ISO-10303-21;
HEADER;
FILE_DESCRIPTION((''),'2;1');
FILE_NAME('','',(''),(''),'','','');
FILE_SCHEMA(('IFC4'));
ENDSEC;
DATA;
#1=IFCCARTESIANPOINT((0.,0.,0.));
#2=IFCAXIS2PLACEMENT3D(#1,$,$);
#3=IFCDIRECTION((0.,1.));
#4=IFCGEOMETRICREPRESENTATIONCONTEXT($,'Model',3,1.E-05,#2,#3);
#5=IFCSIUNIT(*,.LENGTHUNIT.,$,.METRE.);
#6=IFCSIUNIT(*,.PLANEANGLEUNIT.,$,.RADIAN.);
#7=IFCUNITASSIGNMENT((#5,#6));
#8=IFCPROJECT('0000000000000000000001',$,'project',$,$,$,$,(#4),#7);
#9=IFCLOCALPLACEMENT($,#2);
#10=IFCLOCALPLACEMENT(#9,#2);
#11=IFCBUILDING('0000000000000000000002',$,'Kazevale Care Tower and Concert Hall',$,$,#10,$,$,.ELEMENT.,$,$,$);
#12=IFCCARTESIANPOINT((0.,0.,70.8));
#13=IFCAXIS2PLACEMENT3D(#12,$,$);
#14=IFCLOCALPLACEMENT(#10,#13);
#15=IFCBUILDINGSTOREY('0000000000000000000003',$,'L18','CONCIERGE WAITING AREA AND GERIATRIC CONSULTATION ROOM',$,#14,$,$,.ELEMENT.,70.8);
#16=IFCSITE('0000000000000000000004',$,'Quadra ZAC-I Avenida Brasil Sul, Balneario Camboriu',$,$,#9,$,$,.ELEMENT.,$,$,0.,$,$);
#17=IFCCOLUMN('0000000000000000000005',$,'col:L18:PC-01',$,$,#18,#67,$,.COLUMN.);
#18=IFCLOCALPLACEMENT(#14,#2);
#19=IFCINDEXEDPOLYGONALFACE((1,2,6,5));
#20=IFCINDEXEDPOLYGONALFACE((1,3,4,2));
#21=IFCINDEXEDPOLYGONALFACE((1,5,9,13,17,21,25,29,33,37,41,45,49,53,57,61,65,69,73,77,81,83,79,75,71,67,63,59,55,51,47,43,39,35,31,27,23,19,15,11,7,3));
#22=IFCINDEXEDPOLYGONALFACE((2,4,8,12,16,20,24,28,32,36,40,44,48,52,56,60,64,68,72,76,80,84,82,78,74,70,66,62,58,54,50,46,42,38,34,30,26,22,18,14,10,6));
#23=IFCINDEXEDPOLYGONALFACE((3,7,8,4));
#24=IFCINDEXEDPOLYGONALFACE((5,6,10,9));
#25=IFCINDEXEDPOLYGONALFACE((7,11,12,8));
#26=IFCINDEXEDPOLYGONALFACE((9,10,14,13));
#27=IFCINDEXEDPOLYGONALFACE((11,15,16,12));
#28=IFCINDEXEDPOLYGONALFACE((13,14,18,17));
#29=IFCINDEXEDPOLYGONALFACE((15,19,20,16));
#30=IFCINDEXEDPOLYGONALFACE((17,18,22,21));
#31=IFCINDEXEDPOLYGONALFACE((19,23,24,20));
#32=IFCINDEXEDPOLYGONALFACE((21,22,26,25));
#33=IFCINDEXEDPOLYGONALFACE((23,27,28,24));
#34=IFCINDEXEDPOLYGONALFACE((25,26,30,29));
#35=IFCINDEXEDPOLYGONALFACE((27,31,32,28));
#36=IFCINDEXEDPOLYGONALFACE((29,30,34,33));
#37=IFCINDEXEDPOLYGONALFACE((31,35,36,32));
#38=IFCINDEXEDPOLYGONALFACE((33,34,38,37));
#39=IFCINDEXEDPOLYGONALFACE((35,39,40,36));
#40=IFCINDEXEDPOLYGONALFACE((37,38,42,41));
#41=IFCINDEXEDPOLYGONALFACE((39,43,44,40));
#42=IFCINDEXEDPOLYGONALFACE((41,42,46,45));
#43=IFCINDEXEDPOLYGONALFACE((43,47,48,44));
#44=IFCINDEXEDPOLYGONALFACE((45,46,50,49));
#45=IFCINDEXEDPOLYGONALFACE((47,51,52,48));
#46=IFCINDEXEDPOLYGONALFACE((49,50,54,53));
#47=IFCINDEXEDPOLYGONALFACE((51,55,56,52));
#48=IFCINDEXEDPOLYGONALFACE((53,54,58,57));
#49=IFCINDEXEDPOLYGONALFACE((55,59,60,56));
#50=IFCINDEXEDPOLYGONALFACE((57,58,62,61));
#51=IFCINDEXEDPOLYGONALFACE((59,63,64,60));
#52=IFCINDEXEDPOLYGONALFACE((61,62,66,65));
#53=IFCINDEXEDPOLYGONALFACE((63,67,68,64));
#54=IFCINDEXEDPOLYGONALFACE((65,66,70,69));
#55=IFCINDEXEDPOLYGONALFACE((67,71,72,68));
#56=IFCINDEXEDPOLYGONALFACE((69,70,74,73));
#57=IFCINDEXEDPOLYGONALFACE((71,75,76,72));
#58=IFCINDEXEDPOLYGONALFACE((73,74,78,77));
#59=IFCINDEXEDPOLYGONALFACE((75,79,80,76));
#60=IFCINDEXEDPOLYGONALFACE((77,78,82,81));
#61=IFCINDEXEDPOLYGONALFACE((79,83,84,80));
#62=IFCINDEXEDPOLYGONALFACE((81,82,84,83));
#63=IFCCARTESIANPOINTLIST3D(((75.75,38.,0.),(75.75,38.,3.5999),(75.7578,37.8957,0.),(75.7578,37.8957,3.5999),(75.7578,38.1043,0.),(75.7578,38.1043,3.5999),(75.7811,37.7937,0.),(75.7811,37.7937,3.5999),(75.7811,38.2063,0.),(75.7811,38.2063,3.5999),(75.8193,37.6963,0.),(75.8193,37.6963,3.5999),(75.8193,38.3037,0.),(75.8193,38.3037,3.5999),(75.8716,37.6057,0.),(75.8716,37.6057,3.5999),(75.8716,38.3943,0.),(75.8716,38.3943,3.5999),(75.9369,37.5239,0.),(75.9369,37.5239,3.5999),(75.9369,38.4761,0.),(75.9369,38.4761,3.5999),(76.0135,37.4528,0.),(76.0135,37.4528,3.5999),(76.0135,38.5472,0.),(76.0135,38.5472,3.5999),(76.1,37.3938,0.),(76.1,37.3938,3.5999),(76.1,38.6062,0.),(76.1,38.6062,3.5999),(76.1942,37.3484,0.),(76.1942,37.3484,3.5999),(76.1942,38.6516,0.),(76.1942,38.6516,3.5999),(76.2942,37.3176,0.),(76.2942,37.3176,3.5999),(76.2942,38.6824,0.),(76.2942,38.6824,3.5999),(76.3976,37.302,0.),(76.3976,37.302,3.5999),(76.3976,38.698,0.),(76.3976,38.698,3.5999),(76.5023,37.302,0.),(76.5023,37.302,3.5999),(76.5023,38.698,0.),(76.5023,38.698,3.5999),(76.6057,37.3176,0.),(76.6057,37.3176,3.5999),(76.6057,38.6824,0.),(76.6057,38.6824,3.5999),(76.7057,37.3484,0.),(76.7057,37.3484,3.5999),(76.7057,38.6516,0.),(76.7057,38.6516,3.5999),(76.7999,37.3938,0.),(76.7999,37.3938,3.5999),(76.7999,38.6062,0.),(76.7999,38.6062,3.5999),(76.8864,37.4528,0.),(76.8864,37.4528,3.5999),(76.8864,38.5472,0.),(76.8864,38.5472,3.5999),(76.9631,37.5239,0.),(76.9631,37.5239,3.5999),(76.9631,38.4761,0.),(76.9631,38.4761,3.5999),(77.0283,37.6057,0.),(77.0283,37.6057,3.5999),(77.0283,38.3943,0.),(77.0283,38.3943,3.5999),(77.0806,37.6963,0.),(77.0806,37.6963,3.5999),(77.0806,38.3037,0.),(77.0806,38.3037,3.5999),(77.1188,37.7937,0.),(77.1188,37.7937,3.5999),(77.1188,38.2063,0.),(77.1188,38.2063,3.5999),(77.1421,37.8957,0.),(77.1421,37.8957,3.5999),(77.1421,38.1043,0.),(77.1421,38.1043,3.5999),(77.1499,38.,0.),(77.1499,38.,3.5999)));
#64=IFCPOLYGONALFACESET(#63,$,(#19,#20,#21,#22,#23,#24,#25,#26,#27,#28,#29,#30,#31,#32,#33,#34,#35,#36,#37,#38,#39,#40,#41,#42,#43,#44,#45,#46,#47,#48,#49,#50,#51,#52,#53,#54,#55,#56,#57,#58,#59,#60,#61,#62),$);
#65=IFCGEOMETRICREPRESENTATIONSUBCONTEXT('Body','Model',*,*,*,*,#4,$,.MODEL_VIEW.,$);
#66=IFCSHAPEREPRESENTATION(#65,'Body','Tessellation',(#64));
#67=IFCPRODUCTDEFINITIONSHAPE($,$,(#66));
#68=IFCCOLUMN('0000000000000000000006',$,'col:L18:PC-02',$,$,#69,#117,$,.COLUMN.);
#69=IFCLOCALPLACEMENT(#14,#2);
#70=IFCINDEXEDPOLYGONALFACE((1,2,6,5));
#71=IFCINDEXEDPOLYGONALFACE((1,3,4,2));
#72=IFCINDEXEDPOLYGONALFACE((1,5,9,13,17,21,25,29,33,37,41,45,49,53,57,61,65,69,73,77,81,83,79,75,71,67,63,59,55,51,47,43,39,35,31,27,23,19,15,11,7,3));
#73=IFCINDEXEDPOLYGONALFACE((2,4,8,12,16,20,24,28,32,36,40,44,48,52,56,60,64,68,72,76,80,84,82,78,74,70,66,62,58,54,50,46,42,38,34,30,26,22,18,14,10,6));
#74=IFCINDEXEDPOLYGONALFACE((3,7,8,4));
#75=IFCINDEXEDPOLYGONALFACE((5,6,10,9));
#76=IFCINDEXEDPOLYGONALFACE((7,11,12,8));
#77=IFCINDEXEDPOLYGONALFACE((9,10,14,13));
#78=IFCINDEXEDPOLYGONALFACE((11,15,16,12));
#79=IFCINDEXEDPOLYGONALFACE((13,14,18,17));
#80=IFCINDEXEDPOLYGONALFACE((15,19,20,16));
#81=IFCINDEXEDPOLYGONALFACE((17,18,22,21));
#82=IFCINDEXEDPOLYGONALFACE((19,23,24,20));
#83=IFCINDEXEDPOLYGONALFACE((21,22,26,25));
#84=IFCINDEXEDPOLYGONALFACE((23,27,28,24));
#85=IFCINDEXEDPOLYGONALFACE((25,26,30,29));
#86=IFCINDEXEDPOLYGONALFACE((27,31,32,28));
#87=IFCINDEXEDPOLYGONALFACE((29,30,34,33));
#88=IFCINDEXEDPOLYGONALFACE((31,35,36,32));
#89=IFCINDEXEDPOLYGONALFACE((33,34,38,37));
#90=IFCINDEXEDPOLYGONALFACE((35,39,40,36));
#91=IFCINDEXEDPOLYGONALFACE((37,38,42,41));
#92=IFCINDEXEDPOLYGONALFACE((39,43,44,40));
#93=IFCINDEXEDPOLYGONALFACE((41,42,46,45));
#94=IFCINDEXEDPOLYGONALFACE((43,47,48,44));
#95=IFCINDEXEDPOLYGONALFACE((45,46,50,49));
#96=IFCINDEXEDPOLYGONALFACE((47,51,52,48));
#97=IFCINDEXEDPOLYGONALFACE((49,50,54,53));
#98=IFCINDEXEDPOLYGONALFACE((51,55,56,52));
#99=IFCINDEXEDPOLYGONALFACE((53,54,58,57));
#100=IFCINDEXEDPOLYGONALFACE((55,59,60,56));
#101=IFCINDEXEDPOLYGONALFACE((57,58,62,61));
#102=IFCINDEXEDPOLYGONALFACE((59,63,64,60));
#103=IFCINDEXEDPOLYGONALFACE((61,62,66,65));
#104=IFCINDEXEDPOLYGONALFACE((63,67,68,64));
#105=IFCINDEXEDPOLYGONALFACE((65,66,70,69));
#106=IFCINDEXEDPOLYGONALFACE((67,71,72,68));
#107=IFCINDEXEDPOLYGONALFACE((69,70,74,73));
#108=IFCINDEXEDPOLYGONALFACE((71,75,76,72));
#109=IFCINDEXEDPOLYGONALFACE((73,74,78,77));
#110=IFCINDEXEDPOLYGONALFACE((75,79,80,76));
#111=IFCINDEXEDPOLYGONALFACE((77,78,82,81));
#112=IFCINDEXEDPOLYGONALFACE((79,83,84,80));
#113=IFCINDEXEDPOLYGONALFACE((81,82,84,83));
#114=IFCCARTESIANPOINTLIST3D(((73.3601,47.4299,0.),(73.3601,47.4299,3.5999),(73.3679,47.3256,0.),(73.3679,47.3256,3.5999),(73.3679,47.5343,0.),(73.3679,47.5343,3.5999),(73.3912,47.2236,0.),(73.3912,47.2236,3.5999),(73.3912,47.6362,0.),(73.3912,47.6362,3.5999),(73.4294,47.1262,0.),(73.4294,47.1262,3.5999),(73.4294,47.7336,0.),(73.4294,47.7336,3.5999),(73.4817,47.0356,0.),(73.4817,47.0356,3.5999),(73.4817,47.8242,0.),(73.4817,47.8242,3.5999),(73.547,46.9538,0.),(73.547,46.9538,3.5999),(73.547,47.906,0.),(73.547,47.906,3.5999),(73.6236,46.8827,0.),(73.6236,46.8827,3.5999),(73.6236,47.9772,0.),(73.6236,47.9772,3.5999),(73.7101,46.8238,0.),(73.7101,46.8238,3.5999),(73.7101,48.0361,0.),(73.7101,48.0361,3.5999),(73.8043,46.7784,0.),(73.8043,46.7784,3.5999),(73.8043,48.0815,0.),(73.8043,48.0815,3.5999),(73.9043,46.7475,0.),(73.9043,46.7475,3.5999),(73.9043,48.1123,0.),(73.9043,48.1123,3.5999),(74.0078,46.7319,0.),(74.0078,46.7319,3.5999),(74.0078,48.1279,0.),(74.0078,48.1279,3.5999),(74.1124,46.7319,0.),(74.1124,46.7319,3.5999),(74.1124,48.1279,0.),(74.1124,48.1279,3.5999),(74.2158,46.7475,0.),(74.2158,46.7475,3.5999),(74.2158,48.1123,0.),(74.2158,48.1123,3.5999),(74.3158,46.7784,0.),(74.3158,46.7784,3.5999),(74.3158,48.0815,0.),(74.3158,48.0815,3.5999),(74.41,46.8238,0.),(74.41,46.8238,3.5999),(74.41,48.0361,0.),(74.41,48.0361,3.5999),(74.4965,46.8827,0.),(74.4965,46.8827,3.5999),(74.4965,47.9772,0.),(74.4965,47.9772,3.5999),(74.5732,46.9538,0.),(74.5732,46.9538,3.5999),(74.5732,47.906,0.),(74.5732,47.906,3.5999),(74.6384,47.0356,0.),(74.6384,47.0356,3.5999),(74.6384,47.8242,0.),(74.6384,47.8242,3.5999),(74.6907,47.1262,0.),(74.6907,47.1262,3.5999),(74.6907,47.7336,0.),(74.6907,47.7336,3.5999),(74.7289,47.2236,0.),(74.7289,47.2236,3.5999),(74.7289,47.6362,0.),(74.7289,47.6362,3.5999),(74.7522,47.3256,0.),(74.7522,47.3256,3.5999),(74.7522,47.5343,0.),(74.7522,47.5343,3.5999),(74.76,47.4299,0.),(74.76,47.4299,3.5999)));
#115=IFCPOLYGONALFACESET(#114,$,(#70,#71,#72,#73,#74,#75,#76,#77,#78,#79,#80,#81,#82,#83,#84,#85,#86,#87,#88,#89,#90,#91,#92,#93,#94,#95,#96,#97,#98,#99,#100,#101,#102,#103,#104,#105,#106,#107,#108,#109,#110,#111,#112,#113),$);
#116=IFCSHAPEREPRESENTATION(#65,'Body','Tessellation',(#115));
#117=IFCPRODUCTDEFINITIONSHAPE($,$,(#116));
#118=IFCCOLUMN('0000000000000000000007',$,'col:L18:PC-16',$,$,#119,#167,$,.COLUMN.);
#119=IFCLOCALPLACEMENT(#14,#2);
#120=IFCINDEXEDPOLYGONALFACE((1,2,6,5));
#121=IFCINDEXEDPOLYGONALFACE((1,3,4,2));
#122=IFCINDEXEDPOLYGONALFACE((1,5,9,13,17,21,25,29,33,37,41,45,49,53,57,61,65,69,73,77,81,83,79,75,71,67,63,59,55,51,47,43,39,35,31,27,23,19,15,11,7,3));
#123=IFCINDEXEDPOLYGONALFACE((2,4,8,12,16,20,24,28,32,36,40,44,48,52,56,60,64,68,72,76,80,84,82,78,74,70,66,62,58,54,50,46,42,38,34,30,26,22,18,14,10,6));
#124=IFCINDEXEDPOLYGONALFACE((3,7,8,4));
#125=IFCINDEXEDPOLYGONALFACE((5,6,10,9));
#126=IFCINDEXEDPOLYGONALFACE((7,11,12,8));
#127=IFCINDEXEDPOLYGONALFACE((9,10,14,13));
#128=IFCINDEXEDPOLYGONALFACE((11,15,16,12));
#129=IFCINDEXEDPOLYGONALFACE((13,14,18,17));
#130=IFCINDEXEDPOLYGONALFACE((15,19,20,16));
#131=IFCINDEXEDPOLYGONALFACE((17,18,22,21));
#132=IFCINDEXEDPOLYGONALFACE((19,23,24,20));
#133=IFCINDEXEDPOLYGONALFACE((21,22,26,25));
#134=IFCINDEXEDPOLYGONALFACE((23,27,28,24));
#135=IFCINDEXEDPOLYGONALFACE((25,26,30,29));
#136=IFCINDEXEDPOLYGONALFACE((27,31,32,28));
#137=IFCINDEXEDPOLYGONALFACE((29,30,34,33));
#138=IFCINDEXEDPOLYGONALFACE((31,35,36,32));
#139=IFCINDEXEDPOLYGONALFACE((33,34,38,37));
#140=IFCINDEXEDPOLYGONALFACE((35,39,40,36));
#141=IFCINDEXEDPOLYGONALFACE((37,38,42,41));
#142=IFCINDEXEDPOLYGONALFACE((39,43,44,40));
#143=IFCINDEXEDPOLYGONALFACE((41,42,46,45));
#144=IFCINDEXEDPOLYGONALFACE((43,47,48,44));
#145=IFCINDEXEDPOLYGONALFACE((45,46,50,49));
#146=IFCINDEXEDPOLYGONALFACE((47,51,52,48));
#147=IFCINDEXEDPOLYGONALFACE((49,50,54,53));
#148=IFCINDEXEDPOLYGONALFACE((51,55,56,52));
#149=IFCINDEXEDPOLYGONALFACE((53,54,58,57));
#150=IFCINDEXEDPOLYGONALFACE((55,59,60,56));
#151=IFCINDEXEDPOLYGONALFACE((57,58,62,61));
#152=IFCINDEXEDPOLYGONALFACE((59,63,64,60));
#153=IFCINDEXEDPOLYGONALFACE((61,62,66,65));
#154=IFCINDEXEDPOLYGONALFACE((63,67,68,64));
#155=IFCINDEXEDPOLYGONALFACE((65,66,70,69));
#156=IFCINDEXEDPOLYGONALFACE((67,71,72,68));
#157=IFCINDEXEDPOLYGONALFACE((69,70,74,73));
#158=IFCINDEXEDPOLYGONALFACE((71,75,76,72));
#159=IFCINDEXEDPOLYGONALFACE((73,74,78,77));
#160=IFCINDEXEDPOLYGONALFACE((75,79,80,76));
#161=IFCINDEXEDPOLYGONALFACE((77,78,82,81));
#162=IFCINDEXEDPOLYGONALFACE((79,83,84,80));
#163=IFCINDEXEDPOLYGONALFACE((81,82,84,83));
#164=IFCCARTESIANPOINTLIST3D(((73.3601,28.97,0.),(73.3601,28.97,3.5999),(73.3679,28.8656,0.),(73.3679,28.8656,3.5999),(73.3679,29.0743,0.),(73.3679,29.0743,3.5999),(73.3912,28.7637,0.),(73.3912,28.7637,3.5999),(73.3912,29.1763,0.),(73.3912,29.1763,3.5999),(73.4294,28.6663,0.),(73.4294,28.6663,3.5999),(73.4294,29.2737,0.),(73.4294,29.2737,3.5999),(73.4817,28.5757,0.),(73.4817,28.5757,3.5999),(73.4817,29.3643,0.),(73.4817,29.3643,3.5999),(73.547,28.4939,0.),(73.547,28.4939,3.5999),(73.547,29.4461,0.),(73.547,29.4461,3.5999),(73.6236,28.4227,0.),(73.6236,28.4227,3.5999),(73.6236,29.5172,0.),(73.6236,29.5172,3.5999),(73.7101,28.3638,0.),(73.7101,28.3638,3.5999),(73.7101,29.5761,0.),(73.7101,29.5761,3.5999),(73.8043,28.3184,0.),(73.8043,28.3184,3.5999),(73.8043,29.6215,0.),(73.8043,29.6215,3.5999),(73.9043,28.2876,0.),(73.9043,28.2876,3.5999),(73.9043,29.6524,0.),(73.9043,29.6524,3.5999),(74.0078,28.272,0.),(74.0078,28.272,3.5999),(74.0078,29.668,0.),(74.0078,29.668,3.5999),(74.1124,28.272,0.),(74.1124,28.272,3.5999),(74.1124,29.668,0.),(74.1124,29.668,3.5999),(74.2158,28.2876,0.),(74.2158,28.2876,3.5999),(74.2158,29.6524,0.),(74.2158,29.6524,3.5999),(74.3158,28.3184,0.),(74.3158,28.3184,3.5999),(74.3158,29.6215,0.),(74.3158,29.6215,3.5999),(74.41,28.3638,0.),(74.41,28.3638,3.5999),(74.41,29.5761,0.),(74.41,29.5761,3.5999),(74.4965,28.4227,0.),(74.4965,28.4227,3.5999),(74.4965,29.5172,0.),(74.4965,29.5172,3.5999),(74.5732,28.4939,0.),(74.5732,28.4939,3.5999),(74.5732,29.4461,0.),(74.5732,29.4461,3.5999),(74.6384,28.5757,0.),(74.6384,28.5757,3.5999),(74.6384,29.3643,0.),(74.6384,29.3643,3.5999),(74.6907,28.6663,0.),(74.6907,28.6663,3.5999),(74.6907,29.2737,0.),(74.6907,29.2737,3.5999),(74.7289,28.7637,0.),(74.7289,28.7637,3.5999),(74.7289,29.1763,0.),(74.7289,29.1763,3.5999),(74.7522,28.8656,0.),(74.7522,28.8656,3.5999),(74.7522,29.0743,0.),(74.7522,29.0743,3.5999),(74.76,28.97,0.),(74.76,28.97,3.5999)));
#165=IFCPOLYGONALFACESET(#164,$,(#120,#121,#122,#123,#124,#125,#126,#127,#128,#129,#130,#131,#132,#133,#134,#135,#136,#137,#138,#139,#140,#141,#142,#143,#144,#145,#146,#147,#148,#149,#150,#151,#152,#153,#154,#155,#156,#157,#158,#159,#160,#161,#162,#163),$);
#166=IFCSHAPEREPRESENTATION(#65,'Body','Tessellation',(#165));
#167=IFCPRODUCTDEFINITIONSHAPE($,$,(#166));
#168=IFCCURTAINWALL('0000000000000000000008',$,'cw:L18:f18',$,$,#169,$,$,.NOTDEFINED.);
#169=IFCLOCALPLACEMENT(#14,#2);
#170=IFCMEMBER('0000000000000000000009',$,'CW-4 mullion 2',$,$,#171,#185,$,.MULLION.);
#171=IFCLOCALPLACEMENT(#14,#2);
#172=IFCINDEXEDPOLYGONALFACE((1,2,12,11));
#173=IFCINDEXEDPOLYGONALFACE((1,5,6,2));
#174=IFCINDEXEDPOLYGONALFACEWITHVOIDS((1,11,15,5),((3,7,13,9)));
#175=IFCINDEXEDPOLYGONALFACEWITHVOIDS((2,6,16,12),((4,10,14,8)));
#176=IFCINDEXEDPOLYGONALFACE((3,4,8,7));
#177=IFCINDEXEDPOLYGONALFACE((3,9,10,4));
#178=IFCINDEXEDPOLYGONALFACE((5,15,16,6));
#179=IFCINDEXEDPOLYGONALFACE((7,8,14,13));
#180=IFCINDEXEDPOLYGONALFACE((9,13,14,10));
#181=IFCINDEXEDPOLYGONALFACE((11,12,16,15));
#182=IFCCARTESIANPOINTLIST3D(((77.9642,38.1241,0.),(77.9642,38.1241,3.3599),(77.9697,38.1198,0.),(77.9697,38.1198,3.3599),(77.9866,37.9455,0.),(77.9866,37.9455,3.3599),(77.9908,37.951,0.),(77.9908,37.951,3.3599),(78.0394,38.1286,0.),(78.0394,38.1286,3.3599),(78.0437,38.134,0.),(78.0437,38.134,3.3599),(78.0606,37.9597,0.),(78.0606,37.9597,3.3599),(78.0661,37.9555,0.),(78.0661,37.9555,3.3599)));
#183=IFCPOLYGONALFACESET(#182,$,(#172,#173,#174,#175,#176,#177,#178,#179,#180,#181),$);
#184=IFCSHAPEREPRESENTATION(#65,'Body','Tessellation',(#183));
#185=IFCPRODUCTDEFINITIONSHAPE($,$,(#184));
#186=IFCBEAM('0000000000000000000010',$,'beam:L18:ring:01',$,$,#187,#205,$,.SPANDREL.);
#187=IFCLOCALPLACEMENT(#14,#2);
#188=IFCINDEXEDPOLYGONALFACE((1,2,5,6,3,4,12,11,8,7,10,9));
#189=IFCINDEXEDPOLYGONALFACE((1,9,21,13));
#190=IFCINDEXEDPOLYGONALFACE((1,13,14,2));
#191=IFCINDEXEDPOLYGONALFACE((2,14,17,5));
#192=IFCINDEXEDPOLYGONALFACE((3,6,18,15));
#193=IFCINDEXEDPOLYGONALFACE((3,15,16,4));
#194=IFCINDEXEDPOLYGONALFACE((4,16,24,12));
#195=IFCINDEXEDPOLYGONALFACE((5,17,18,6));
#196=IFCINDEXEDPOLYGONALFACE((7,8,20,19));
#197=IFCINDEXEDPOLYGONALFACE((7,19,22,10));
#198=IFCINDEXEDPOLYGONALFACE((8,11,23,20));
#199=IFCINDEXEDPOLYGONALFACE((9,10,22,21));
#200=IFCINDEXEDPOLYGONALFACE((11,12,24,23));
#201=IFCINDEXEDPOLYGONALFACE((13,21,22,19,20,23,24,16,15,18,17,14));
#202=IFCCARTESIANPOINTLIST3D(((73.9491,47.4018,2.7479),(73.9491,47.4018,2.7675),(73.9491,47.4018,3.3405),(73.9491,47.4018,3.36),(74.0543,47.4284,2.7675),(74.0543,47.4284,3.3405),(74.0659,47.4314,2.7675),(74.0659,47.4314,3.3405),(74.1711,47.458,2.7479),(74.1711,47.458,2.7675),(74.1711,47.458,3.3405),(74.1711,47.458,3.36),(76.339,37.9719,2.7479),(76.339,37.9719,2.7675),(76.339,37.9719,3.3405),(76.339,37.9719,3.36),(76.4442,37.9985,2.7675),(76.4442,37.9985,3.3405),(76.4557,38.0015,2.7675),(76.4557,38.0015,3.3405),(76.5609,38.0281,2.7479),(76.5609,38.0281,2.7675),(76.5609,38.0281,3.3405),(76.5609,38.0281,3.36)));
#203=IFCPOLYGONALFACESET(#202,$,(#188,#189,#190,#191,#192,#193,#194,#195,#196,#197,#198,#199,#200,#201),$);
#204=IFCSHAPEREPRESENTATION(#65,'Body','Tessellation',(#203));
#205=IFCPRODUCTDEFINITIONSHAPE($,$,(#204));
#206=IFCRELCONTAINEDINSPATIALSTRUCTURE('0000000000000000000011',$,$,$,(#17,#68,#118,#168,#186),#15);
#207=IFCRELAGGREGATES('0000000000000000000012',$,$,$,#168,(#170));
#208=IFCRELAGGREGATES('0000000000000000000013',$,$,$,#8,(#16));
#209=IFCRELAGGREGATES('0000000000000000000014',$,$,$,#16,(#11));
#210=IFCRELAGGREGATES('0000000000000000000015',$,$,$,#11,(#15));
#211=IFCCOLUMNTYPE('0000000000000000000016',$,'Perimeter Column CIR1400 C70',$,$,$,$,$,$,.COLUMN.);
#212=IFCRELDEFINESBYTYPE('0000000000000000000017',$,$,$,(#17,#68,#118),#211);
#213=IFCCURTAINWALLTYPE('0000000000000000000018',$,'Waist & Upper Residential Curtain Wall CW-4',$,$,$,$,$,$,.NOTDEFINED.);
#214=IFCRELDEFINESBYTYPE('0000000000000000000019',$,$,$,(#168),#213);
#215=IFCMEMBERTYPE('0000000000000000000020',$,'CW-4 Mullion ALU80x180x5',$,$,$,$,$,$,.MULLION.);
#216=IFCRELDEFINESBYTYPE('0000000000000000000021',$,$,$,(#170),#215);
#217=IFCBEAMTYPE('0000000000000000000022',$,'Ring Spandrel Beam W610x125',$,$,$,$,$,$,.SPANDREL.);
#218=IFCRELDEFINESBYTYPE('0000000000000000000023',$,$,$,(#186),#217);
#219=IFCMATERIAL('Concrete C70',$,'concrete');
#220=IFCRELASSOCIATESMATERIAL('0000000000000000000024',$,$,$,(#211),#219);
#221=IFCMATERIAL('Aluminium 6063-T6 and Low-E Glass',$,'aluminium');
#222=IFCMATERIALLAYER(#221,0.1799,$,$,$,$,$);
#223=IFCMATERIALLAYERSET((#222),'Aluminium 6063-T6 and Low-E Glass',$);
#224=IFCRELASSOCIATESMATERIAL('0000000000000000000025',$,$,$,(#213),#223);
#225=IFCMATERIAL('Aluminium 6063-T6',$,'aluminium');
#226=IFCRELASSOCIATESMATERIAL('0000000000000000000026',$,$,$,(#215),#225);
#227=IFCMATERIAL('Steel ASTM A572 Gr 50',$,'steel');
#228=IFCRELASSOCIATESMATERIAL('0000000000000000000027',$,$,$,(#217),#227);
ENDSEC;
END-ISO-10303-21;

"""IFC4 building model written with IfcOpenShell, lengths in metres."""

from ifc_helpers import new_model, si_unit, direction, frame, origin, origin_2d, place, context, subcontext, project, spatial, hollow_rectangle, circle, i_section, extrude, material, layer, layer_set, material_profile, profile_set, type_object, element, aggregate, save


model = new_model("IFC4")

# Units and contexts
model_context = context("Model", 3, precision=1e-05, world=origin(), true_north=direction((0.0, 1.0)))
body_context = subcontext(model_context, "Body", "Model", "MODEL_VIEW")
ifc_project = project(units=[si_unit("LENGTHUNIT", "METRE"), si_unit("PLANEANGLEUNIT", "RADIAN")], contexts=[model_context])

# Site, building, storey
site_placement = place(None, origin())
site = spatial("IfcSite", under=ifc_project, at=site_placement, Name="Quadra ZAC-I Avenida Brasil Sul, Balneario Camboriu", CompositionType="ELEMENT", RefElevation=0.0)
building_placement = place(site_placement, origin())
building = spatial("IfcBuilding", under=site, at=building_placement, Name="Kazevale Care Tower and Concert Hall", CompositionType="ELEMENT")
storey_placement = place(building_placement, frame((0.0, 0.0, 70.8)))
storey = spatial("IfcBuildingStorey", under=building, at=storey_placement, Name="L18", Description="CONCIERGE WAITING AREA AND GERIATRIC CONSULTATION ROOM", CompositionType="ELEMENT", Elevation=70.8)

# Columns
ifc_material_1 = material(Name="Concrete C70", Category="concrete")
ifc_material_profile_1 = material_profile(ifc_material_1, circle(Radius=0.7, at=origin_2d()), Name="RC-CIR1400")
ifc_profile_set_1 = profile_set([ifc_material_profile_1], Name="Concrete C70")
column_type = type_object("IfcColumnType", Name="Perimeter Column CIR1400 C70", PredefinedType="COLUMN", material=ifc_profile_set_1)
for number, where, z_axis, x_axis, name in (
    (1, (76.45, 38.0, 0.0), (0.0, 0.0, 1.0), (1.0, 0.0, 0.0), "col:L18:PC-01"),
    (2, (74.0601, 47.4299, 0.0), (0.0, 0.0, 1.0), (1.0, 0.0, 0.0), "col:L18:PC-02"),
    (3, (74.0601, 28.97, 0.0), (0.0, 0.0, 1.0), (1.0, 0.0, 0.0), "col:L18:PC-16"),
):
    element("IfcColumn", number, at=place(storey_placement, frame(where, z_axis=z_axis, x_axis=x_axis)), inside=storey, type_object=column_type, Name=name, PredefinedType="COLUMN", context=body_context, shape_type="SweptSolid", body=[
        extrude(circle(Radius=0.7, at=origin_2d()), origin(), (0.0, 0.0, 1.0), 3.5999),
    ])

# Curtain wall, member
ifc_material_2 = material(Name="Aluminium 6063-T6 and Low-E Glass", Category="aluminium")
ifc_layer_1 = layer(ifc_material_2, 0.1799)
ifc_layer_set_1 = layer_set([ifc_layer_1], Name="Aluminium 6063-T6 and Low-E Glass")
curtain_wall_type = type_object("IfcCurtainWallType", Name="Waist & Upper Residential Curtain Wall CW-4", PredefinedType="NOTDEFINED", material=ifc_layer_set_1)
curtain_wall_placement = place(storey_placement, origin())
curtain_wall = element("IfcCurtainWall", 4, at=curtain_wall_placement, inside=storey, type_object=curtain_wall_type, Name="cw:L18:f18", PredefinedType="NOTDEFINED")
ifc_material_3 = material(Name="Aluminium 6063-T6", Category="aluminium")
ifc_material_profile_2 = material_profile(ifc_material_3, hollow_rectangle(XDim=0.0801, YDim=0.1799, WallThickness=0.0049, at=origin_2d()), Name="ALU80x180x5")
ifc_profile_set_2 = profile_set([ifc_material_profile_2], Name="Aluminium 6063-T6")
member_type = type_object("IfcMemberType", Name="CW-4 Mullion ALU80x180x5", PredefinedType="MULLION", material=ifc_profile_set_2)
member_placement = place(storey_placement, frame((78.0151, 38.0398, 0.0), z_axis=(0.0, 0.0, 1.0), x_axis=(0.992233, 0.124394, 0.0)))
member = element("IfcMember", 5, at=member_placement, type_object=member_type, Name="CW-4 mullion 2", PredefinedType="MULLION", context=body_context, shape_type="SweptSolid", body=[
    extrude(hollow_rectangle(XDim=0.0801, YDim=0.1799, WallThickness=0.0049, at=origin_2d()), origin(), (0.0, 0.0, 1.0), 3.3599),
])

# Beam
ifc_material_4 = material(Name="Steel ASTM A572 Gr 50", Category="steel")
ifc_material_profile_3 = material_profile(ifc_material_4, i_section(OverallWidth=0.229, OverallDepth=0.6121, WebThickness=0.012, FlangeThickness=0.0195, at=origin_2d()), Name="W610x125")
ifc_profile_set_3 = profile_set([ifc_material_profile_3], Name="Steel ASTM A572 Gr 50")
beam_type_1 = type_object("IfcBeamType", Name="Ring Spandrel Beam W610x125", PredefinedType="SPANDREL", material=ifc_profile_set_3)
beam_1_placement = place(storey_placement, frame((76.45, 38.0, 3.054), z_axis=(-0.24567, 0.969354, 0.0), x_axis=(-0.969354, -0.24567, 0.0)))
element("IfcBeam", 6, at=beam_1_placement, inside=storey, type_object=beam_type_1, Name="beam:L18:ring:01", PredefinedType="SPANDREL", context=body_context, shape_type="SweptSolid", body=[
    extrude(i_section(OverallWidth=0.229, OverallDepth=0.6121, WebThickness=0.012, FlangeThickness=0.0195, at=origin_2d()), origin(), (0.0, 0.0, 1.0), 9.728),
])

aggregate(curtain_wall, [member])

save(model, "model.ifc")
